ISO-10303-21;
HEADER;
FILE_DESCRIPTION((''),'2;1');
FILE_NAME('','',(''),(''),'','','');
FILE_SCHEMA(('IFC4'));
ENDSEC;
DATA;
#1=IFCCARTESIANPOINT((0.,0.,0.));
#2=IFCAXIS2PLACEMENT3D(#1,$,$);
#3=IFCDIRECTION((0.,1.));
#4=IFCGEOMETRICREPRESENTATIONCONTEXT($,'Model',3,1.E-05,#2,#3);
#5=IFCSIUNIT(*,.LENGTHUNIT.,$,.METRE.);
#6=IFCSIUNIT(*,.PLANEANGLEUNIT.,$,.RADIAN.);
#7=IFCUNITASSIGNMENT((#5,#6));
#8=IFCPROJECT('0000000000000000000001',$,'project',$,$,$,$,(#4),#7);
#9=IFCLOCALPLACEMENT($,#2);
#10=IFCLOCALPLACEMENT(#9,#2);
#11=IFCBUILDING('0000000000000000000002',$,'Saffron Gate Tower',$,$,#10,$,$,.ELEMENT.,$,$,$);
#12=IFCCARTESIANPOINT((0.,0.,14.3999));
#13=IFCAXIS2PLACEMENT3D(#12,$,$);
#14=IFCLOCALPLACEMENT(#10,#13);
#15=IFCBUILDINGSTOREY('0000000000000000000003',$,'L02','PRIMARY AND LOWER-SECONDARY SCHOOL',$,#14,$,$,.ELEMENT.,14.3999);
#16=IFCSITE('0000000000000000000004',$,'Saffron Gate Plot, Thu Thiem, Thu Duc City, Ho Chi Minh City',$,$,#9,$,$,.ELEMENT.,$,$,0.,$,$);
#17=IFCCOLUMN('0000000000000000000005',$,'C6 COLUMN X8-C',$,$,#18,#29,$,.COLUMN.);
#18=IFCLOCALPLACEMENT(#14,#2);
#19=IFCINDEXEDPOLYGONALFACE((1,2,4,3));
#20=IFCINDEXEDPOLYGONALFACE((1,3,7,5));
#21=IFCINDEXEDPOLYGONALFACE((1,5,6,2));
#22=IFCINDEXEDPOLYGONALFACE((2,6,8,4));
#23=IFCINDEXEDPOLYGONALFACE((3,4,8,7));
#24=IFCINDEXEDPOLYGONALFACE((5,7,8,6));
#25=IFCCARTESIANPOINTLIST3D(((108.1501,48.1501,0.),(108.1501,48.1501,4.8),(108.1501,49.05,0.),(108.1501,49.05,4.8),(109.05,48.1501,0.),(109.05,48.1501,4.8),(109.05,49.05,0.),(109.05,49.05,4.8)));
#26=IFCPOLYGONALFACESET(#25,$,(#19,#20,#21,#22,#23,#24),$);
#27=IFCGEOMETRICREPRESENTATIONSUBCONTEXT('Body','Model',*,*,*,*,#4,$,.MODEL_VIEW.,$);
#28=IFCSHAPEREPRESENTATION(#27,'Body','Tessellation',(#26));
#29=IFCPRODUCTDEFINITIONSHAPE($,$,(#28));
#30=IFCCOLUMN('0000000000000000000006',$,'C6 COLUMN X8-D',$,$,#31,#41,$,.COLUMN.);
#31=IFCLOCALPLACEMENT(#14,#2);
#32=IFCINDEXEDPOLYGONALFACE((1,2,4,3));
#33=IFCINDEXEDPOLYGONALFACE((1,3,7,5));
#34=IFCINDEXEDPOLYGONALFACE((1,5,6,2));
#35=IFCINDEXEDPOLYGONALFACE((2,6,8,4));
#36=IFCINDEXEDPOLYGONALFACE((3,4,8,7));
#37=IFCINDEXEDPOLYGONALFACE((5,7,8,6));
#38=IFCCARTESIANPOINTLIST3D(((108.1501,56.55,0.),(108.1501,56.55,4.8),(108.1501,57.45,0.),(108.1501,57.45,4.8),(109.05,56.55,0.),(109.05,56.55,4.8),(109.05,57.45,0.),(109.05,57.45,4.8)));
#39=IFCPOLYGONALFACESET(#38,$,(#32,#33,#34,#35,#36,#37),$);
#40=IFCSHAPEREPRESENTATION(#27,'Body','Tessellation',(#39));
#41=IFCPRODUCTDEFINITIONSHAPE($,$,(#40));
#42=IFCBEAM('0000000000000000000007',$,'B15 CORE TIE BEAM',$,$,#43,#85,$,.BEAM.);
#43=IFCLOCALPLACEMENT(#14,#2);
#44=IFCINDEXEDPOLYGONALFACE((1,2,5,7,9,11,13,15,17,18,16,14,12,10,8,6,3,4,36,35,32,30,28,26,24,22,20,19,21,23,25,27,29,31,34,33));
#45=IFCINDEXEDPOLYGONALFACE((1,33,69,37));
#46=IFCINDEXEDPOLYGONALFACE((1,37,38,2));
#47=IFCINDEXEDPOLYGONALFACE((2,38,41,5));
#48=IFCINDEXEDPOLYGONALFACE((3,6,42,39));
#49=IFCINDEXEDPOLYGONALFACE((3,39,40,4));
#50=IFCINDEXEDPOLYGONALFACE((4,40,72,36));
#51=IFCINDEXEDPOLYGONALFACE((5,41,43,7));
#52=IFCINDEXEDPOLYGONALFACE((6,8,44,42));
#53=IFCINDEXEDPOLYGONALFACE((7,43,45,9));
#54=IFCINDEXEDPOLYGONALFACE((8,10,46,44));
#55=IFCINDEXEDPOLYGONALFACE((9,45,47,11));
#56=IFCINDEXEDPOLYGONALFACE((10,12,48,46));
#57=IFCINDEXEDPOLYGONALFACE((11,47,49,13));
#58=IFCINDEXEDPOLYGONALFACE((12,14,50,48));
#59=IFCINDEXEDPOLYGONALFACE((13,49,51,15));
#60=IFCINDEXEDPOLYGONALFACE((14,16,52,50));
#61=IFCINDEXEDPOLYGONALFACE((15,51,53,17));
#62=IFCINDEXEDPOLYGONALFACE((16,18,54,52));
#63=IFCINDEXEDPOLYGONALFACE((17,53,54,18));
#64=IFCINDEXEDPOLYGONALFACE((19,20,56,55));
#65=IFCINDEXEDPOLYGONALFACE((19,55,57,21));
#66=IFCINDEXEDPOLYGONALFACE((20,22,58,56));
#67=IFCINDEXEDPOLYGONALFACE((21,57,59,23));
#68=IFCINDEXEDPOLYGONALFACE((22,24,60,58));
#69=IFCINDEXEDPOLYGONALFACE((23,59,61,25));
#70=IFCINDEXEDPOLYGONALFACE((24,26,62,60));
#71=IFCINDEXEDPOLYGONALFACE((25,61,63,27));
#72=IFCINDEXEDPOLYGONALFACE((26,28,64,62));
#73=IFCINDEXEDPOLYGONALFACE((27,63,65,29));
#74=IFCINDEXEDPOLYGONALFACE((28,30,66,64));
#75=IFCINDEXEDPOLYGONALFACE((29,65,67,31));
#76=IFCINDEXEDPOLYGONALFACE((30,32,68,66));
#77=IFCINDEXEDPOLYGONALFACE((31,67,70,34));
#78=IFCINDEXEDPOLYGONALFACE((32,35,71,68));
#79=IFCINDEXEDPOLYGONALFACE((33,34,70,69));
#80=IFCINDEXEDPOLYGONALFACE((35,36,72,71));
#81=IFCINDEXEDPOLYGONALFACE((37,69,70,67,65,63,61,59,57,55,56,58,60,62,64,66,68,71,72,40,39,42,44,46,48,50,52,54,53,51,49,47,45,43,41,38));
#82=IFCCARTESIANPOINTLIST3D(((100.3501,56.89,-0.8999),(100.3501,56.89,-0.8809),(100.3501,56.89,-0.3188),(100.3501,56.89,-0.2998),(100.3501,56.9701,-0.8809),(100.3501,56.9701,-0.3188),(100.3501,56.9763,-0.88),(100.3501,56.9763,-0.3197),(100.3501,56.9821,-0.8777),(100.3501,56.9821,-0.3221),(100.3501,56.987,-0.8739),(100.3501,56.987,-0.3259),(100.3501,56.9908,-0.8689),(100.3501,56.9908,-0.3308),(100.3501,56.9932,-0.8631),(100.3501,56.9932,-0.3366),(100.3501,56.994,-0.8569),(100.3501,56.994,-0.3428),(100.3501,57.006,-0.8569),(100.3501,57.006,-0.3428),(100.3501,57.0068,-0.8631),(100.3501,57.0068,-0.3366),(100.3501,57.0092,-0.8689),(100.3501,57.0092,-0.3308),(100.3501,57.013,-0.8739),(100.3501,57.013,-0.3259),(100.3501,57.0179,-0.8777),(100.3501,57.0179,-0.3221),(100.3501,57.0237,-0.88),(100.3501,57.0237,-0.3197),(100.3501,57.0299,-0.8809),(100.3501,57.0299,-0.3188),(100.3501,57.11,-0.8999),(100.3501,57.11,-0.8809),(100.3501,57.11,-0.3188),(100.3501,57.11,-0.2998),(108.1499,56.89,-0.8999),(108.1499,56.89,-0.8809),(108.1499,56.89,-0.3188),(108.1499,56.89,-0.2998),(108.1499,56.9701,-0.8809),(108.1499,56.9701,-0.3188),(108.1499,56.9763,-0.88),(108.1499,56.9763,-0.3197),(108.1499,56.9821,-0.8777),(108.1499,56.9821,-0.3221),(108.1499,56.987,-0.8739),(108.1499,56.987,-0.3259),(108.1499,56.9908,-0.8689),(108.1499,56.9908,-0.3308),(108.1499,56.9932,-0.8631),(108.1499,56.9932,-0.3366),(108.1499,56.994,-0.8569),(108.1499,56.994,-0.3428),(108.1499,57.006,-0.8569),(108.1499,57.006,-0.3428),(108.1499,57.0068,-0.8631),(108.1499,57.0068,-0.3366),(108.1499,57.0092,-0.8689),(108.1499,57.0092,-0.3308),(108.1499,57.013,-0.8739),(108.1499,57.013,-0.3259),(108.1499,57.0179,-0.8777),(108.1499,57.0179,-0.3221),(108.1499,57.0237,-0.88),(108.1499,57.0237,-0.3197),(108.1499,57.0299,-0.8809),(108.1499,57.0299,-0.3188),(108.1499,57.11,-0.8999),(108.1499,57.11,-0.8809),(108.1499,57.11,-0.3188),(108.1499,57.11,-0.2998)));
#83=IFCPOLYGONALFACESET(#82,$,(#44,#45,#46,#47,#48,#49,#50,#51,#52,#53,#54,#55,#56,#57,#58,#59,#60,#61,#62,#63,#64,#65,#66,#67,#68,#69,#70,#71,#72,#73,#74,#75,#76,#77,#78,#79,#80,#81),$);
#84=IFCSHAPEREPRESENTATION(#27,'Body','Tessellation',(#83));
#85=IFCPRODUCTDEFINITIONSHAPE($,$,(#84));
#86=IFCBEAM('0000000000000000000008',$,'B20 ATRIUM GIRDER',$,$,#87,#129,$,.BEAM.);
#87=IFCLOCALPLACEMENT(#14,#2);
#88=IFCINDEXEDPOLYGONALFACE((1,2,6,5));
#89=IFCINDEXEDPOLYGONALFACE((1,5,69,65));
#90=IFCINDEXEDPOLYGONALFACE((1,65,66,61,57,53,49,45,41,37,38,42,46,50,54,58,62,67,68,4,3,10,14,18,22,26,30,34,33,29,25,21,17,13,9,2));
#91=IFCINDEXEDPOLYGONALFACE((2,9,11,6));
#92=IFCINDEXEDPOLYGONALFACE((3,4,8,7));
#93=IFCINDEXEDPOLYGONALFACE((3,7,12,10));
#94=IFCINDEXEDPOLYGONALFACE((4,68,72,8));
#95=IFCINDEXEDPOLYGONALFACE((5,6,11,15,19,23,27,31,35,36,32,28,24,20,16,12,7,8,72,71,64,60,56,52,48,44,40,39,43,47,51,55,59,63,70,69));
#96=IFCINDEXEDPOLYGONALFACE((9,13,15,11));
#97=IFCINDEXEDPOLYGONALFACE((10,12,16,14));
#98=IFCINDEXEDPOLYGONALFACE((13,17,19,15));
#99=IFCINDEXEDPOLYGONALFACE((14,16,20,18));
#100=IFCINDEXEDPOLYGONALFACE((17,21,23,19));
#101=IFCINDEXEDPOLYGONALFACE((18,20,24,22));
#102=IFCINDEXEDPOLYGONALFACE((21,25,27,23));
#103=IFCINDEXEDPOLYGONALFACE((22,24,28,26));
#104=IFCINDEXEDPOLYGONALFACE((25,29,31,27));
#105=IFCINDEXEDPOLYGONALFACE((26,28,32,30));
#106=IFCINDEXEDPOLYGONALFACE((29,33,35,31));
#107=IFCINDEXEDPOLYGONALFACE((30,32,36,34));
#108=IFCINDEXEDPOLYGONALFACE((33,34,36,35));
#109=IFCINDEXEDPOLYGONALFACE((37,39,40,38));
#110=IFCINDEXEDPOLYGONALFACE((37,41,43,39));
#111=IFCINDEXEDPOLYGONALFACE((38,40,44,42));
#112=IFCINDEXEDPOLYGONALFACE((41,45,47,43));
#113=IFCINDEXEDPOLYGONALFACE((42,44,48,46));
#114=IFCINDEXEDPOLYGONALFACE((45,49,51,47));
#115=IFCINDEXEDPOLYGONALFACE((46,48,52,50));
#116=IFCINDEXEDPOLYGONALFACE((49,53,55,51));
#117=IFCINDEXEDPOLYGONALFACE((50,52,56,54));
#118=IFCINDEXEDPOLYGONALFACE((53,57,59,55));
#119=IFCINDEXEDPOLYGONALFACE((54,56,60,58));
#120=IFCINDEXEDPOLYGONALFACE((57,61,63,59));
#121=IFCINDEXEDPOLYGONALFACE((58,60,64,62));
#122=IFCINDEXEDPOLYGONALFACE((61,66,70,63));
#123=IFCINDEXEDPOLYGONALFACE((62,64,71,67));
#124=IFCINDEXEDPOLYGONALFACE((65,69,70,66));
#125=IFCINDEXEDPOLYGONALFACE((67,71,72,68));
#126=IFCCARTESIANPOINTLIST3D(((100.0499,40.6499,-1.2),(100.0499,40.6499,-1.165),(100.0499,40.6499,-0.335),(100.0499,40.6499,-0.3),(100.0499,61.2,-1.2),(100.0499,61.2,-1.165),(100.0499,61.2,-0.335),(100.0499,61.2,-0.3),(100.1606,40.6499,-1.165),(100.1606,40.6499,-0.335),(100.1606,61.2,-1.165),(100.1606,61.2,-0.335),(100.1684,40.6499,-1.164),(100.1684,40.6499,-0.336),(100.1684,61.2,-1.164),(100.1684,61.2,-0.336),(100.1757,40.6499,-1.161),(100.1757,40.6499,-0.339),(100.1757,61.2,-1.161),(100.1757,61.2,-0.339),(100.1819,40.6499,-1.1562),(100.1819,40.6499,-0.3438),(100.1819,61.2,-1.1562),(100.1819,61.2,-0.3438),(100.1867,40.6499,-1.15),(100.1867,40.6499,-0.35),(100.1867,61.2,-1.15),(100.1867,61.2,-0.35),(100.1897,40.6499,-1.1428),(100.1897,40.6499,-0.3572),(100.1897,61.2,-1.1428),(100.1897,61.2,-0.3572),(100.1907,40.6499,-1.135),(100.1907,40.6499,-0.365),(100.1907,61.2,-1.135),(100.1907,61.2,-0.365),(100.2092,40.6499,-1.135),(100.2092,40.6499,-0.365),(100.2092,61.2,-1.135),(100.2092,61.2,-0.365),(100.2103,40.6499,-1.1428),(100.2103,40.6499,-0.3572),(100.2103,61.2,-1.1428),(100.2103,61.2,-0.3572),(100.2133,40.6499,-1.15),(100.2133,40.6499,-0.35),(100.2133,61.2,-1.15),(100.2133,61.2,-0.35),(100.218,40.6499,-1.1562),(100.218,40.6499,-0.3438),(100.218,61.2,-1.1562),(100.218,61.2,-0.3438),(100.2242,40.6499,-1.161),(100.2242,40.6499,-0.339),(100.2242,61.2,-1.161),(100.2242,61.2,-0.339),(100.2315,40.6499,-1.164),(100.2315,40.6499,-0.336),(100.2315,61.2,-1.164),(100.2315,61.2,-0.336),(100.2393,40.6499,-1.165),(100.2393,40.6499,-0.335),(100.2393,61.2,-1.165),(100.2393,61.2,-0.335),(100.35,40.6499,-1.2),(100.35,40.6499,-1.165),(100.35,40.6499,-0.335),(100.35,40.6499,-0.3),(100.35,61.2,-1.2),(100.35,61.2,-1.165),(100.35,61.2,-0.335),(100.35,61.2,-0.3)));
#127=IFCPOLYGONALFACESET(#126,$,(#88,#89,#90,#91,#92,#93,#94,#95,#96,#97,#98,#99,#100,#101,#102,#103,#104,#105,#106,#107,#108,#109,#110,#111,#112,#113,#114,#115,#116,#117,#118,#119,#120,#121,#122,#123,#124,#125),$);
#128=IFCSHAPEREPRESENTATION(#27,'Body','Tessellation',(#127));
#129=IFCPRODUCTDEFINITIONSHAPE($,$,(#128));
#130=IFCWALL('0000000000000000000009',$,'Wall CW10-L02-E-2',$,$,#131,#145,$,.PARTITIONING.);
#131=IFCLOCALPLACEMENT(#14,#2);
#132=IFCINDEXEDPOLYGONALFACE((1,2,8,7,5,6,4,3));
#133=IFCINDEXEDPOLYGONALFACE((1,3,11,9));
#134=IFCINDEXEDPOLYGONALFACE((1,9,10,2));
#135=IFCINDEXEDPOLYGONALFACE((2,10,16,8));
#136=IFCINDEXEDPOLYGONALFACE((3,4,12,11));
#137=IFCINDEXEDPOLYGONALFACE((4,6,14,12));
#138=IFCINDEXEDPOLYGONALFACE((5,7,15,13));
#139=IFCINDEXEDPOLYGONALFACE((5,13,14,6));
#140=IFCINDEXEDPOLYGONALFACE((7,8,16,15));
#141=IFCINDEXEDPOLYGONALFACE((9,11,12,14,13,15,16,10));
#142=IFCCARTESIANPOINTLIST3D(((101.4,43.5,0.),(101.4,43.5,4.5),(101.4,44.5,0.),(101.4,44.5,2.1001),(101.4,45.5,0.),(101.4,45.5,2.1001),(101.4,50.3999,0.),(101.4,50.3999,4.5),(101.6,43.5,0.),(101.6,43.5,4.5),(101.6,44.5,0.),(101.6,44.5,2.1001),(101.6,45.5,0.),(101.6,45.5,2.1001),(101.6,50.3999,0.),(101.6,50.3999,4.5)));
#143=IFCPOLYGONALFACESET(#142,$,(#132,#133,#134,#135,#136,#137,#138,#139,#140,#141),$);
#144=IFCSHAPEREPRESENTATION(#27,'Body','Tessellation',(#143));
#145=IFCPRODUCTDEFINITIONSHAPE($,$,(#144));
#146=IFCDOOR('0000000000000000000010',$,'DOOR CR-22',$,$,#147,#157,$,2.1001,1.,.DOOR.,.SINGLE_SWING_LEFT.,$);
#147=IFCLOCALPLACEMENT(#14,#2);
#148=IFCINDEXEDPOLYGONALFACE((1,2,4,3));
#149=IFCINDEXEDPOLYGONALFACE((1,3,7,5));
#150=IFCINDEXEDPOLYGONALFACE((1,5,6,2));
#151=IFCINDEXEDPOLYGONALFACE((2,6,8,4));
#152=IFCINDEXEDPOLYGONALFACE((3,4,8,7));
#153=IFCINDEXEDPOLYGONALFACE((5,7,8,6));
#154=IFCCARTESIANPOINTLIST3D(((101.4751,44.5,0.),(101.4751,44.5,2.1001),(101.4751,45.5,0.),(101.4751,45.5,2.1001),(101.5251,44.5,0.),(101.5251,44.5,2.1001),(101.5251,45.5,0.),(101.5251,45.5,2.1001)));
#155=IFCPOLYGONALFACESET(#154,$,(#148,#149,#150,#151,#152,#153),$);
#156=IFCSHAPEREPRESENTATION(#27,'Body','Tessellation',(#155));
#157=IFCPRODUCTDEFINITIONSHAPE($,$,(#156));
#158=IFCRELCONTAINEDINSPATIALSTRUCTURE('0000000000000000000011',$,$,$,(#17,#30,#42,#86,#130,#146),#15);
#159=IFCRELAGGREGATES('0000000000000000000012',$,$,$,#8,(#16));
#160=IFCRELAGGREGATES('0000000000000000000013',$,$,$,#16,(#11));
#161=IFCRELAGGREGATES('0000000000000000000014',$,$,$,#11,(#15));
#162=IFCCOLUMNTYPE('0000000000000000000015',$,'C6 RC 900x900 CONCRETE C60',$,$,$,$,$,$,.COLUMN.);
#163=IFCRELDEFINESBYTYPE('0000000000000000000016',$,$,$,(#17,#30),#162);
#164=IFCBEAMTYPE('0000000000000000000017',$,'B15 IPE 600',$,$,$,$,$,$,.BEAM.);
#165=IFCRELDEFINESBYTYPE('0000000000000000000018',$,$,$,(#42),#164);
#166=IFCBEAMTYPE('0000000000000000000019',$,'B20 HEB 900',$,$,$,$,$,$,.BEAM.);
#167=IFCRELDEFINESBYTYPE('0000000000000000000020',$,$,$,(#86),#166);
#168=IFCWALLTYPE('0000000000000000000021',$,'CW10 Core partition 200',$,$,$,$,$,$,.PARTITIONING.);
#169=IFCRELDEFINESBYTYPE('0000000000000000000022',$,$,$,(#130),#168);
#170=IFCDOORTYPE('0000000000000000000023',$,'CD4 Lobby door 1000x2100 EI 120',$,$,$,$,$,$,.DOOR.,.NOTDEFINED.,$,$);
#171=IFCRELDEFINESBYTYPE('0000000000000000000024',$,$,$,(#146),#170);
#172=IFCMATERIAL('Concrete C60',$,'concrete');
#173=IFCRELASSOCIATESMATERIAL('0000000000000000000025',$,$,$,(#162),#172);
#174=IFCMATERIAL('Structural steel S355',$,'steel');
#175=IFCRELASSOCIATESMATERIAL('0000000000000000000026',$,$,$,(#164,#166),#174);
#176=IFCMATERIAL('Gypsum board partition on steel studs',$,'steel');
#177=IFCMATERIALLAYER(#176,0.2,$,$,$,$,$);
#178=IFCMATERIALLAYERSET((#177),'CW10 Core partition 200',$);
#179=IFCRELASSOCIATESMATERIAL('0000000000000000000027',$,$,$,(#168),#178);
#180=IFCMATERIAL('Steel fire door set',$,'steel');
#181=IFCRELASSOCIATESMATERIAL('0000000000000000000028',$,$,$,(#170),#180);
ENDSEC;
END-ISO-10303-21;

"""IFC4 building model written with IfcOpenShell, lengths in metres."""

from ifc_helpers import new_model, si_unit, direction, frame, frame_2d, origin, origin_2d, place, context, subcontext, project, spatial, rectangle, i_section, extrude, material, layer, layer_set, material_profile, profile_set, type_object, element, fill, save


model = new_model("IFC4")

# Units and contexts
model_context = context("Model", 3, precision=1e-05, world=origin(), true_north=direction((0.0, 1.0)))
body_context = subcontext(model_context, "Body", "Model", "MODEL_VIEW")
ifc_project = project(units=[si_unit("LENGTHUNIT", "METRE"), si_unit("PLANEANGLEUNIT", "RADIAN")], contexts=[model_context])

# Site, building, storey
site_placement = place(None, origin())
site = spatial("IfcSite", under=ifc_project, at=site_placement, Name="Saffron Gate Plot, Thu Thiem, Thu Duc City, Ho Chi Minh City", CompositionType="ELEMENT", RefElevation=0.0)
building_placement = place(site_placement, origin())
building = spatial("IfcBuilding", under=site, at=building_placement, Name="Saffron Gate Tower", CompositionType="ELEMENT")
storey_placement = place(building_placement, frame((0.0, 0.0, 14.3999)))
storey = spatial("IfcBuildingStorey", under=building, at=storey_placement, Name="L02", Description="PRIMARY AND LOWER-SECONDARY SCHOOL", CompositionType="ELEMENT", Elevation=14.3999)

# Columns
ifc_material_1 = material(Name="Concrete C60", Category="concrete")
ifc_material_profile_1 = material_profile(ifc_material_1, rectangle(XDim=0.8999, YDim=0.8999, at=origin_2d()))
ifc_profile_set_1 = profile_set([ifc_material_profile_1], Name="Concrete C60")
column_type = type_object("IfcColumnType", Name="C6 RC 900x900 CONCRETE C60", PredefinedType="COLUMN", material=ifc_profile_set_1)
for number, where, z_axis, x_axis, name in (
    (1, (108.6001, 48.6001, 0.0), (0.0, 0.0, 1.0), (1.0, 0.0, 0.0), "C6 COLUMN X8-C"),
    (2, (108.6001, 57.0, 0.0), (0.0, 0.0, 1.0), (1.0, 0.0, 0.0), "C6 COLUMN X8-D"),
):
    element("IfcColumn", number, at=place(storey_placement, frame(where, z_axis=z_axis, x_axis=x_axis)), inside=storey, type_object=column_type, Name=name, PredefinedType="COLUMN", context=body_context, shape_type="SweptSolid", body=[
        extrude(rectangle(XDim=0.8999, YDim=0.8999, at=origin_2d()), origin(), (0.0, 0.0, 1.0), 4.8),
    ])

# Beams
ifc_material_2 = material(Name="Structural steel S355", Category="steel")
ifc_material_profile_2 = material_profile(ifc_material_2, i_section(OverallWidth=0.22, OverallDepth=0.6001, WebThickness=0.012, FlangeThickness=0.019, FilletRadius=0.0239, at=origin_2d()))
ifc_profile_set_2 = profile_set([ifc_material_profile_2], Name="Structural steel S355")
beam_type_1 = type_object("IfcBeamType", Name="B15 IPE 600", PredefinedType="BEAM", material=ifc_profile_set_2)
beam_1_placement = place(storey_placement, frame((108.1499, 57.0, -0.5999), z_axis=(-1.0, 0.0, 0.0), x_axis=(0.0, -1.0, 0.0)))
element("IfcBeam", 3, at=beam_1_placement, inside=storey, type_object=beam_type_1, Name="B15 CORE TIE BEAM", PredefinedType="BEAM", context=body_context, shape_type="SweptSolid", body=[
    extrude(i_section(OverallWidth=0.22, OverallDepth=0.6001, WebThickness=0.012, FlangeThickness=0.019, FilletRadius=0.0239, at=origin_2d()), origin(), (0.0, 0.0, 1.0), 7.7998),
])
ifc_material_profile_3 = material_profile(ifc_material_2, i_section(OverallWidth=0.3, OverallDepth=0.8999, WebThickness=0.0186, FlangeThickness=0.0349, FilletRadius=0.03, at=origin_2d()))
ifc_profile_set_3 = profile_set([ifc_material_profile_3], Name="Structural steel S355")
beam_type_2 = type_object("IfcBeamType", Name="B20 HEB 900", PredefinedType="BEAM", material=ifc_profile_set_3)
beam_2_placement = place(storey_placement, frame((100.2, 40.6499, -0.75), z_axis=(0.0, 1.0, 0.0), x_axis=(-1.0, 0.0, 0.0)))
element("IfcBeam", 4, at=beam_2_placement, inside=storey, type_object=beam_type_2, Name="B20 ATRIUM GIRDER", PredefinedType="BEAM", context=body_context, shape_type="SweptSolid", body=[
    extrude(i_section(OverallWidth=0.3, OverallDepth=0.8999, WebThickness=0.0186, FlangeThickness=0.0349, FilletRadius=0.03, at=origin_2d()), origin(), (0.0, 0.0, 1.0), 20.55),
])

# Wall, opening, door
ifc_material_3 = material(Name="Gypsum board partition on steel studs", Category="steel")
ifc_layer_1 = layer(ifc_material_3, 0.2)
ifc_layer_set_1 = layer_set([ifc_layer_1], Name="CW10 Core partition 200")
wall_type_1 = type_object("IfcWallType", Name="CW10 Core partition 200", PredefinedType="PARTITIONING", material=ifc_layer_set_1)
wall_1_placement = place(storey_placement, frame((101.5, 43.5, 0.0), z_axis=(0.0, 0.0, 1.0), x_axis=(0.0, 1.0, 0.0)))
wall_1 = element("IfcWall", 5, at=wall_1_placement, inside=storey, type_object=wall_type_1, Name="Wall CW10-L02-E-2", PredefinedType="PARTITIONING", context=body_context, shape_type="SweptSolid", body=[
    extrude(rectangle(XDim=6.8999, YDim=0.2, at=frame_2d((3.45, 0.0))), origin(), (0.0, 0.0, 1.0), 4.5),
])
opening_1_placement = place(wall_1_placement, frame((1.0, 0.0, 0.0)))
opening_1 = element("IfcOpeningElement", 6, at=opening_1_placement, cuts=wall_1, PredefinedType="OPENING", context=body_context, shape_type="SweptSolid", body=[
    extrude(rectangle(XDim=1.0, YDim=2.1001, at=frame_2d((0.5, 1.05))), frame((0.0, 0.1099, 0.0), z_axis=(0.0, -1.0, 0.0), x_axis=(1.0, 0.0, 0.0)), (0.0, 0.0, 1.0), 0.22),
])
ifc_material_4 = material(Name="Steel fire door set", Category="steel")
door_type_1 = type_object("IfcDoorType", Name="CD4 Lobby door 1000x2100 EI 120", OperationType="NOTDEFINED", PredefinedType="DOOR", material=ifc_material_4)
door_1_placement = place(opening_1_placement, origin())
door_1 = element("IfcDoor", 7, at=door_1_placement, inside=storey, type_object=door_type_1, Name="DOOR CR-22", OperationType="SINGLE_SWING_LEFT", OverallHeight=2.1001, OverallWidth=1.0, PredefinedType="DOOR", context=body_context, shape_type="SweptSolid", body=[
    extrude(rectangle(XDim=1.0, YDim=2.1001, at=frame_2d((0.5, 1.05))), frame((0.0, 0.0249, 0.0), z_axis=(0.0, -1.0, 0.0), x_axis=(1.0, 0.0, 0.0)), (0.0, 0.0, 1.0), 0.05),
])
fill(opening_1, door_1)

save(model, "model.ifc")
